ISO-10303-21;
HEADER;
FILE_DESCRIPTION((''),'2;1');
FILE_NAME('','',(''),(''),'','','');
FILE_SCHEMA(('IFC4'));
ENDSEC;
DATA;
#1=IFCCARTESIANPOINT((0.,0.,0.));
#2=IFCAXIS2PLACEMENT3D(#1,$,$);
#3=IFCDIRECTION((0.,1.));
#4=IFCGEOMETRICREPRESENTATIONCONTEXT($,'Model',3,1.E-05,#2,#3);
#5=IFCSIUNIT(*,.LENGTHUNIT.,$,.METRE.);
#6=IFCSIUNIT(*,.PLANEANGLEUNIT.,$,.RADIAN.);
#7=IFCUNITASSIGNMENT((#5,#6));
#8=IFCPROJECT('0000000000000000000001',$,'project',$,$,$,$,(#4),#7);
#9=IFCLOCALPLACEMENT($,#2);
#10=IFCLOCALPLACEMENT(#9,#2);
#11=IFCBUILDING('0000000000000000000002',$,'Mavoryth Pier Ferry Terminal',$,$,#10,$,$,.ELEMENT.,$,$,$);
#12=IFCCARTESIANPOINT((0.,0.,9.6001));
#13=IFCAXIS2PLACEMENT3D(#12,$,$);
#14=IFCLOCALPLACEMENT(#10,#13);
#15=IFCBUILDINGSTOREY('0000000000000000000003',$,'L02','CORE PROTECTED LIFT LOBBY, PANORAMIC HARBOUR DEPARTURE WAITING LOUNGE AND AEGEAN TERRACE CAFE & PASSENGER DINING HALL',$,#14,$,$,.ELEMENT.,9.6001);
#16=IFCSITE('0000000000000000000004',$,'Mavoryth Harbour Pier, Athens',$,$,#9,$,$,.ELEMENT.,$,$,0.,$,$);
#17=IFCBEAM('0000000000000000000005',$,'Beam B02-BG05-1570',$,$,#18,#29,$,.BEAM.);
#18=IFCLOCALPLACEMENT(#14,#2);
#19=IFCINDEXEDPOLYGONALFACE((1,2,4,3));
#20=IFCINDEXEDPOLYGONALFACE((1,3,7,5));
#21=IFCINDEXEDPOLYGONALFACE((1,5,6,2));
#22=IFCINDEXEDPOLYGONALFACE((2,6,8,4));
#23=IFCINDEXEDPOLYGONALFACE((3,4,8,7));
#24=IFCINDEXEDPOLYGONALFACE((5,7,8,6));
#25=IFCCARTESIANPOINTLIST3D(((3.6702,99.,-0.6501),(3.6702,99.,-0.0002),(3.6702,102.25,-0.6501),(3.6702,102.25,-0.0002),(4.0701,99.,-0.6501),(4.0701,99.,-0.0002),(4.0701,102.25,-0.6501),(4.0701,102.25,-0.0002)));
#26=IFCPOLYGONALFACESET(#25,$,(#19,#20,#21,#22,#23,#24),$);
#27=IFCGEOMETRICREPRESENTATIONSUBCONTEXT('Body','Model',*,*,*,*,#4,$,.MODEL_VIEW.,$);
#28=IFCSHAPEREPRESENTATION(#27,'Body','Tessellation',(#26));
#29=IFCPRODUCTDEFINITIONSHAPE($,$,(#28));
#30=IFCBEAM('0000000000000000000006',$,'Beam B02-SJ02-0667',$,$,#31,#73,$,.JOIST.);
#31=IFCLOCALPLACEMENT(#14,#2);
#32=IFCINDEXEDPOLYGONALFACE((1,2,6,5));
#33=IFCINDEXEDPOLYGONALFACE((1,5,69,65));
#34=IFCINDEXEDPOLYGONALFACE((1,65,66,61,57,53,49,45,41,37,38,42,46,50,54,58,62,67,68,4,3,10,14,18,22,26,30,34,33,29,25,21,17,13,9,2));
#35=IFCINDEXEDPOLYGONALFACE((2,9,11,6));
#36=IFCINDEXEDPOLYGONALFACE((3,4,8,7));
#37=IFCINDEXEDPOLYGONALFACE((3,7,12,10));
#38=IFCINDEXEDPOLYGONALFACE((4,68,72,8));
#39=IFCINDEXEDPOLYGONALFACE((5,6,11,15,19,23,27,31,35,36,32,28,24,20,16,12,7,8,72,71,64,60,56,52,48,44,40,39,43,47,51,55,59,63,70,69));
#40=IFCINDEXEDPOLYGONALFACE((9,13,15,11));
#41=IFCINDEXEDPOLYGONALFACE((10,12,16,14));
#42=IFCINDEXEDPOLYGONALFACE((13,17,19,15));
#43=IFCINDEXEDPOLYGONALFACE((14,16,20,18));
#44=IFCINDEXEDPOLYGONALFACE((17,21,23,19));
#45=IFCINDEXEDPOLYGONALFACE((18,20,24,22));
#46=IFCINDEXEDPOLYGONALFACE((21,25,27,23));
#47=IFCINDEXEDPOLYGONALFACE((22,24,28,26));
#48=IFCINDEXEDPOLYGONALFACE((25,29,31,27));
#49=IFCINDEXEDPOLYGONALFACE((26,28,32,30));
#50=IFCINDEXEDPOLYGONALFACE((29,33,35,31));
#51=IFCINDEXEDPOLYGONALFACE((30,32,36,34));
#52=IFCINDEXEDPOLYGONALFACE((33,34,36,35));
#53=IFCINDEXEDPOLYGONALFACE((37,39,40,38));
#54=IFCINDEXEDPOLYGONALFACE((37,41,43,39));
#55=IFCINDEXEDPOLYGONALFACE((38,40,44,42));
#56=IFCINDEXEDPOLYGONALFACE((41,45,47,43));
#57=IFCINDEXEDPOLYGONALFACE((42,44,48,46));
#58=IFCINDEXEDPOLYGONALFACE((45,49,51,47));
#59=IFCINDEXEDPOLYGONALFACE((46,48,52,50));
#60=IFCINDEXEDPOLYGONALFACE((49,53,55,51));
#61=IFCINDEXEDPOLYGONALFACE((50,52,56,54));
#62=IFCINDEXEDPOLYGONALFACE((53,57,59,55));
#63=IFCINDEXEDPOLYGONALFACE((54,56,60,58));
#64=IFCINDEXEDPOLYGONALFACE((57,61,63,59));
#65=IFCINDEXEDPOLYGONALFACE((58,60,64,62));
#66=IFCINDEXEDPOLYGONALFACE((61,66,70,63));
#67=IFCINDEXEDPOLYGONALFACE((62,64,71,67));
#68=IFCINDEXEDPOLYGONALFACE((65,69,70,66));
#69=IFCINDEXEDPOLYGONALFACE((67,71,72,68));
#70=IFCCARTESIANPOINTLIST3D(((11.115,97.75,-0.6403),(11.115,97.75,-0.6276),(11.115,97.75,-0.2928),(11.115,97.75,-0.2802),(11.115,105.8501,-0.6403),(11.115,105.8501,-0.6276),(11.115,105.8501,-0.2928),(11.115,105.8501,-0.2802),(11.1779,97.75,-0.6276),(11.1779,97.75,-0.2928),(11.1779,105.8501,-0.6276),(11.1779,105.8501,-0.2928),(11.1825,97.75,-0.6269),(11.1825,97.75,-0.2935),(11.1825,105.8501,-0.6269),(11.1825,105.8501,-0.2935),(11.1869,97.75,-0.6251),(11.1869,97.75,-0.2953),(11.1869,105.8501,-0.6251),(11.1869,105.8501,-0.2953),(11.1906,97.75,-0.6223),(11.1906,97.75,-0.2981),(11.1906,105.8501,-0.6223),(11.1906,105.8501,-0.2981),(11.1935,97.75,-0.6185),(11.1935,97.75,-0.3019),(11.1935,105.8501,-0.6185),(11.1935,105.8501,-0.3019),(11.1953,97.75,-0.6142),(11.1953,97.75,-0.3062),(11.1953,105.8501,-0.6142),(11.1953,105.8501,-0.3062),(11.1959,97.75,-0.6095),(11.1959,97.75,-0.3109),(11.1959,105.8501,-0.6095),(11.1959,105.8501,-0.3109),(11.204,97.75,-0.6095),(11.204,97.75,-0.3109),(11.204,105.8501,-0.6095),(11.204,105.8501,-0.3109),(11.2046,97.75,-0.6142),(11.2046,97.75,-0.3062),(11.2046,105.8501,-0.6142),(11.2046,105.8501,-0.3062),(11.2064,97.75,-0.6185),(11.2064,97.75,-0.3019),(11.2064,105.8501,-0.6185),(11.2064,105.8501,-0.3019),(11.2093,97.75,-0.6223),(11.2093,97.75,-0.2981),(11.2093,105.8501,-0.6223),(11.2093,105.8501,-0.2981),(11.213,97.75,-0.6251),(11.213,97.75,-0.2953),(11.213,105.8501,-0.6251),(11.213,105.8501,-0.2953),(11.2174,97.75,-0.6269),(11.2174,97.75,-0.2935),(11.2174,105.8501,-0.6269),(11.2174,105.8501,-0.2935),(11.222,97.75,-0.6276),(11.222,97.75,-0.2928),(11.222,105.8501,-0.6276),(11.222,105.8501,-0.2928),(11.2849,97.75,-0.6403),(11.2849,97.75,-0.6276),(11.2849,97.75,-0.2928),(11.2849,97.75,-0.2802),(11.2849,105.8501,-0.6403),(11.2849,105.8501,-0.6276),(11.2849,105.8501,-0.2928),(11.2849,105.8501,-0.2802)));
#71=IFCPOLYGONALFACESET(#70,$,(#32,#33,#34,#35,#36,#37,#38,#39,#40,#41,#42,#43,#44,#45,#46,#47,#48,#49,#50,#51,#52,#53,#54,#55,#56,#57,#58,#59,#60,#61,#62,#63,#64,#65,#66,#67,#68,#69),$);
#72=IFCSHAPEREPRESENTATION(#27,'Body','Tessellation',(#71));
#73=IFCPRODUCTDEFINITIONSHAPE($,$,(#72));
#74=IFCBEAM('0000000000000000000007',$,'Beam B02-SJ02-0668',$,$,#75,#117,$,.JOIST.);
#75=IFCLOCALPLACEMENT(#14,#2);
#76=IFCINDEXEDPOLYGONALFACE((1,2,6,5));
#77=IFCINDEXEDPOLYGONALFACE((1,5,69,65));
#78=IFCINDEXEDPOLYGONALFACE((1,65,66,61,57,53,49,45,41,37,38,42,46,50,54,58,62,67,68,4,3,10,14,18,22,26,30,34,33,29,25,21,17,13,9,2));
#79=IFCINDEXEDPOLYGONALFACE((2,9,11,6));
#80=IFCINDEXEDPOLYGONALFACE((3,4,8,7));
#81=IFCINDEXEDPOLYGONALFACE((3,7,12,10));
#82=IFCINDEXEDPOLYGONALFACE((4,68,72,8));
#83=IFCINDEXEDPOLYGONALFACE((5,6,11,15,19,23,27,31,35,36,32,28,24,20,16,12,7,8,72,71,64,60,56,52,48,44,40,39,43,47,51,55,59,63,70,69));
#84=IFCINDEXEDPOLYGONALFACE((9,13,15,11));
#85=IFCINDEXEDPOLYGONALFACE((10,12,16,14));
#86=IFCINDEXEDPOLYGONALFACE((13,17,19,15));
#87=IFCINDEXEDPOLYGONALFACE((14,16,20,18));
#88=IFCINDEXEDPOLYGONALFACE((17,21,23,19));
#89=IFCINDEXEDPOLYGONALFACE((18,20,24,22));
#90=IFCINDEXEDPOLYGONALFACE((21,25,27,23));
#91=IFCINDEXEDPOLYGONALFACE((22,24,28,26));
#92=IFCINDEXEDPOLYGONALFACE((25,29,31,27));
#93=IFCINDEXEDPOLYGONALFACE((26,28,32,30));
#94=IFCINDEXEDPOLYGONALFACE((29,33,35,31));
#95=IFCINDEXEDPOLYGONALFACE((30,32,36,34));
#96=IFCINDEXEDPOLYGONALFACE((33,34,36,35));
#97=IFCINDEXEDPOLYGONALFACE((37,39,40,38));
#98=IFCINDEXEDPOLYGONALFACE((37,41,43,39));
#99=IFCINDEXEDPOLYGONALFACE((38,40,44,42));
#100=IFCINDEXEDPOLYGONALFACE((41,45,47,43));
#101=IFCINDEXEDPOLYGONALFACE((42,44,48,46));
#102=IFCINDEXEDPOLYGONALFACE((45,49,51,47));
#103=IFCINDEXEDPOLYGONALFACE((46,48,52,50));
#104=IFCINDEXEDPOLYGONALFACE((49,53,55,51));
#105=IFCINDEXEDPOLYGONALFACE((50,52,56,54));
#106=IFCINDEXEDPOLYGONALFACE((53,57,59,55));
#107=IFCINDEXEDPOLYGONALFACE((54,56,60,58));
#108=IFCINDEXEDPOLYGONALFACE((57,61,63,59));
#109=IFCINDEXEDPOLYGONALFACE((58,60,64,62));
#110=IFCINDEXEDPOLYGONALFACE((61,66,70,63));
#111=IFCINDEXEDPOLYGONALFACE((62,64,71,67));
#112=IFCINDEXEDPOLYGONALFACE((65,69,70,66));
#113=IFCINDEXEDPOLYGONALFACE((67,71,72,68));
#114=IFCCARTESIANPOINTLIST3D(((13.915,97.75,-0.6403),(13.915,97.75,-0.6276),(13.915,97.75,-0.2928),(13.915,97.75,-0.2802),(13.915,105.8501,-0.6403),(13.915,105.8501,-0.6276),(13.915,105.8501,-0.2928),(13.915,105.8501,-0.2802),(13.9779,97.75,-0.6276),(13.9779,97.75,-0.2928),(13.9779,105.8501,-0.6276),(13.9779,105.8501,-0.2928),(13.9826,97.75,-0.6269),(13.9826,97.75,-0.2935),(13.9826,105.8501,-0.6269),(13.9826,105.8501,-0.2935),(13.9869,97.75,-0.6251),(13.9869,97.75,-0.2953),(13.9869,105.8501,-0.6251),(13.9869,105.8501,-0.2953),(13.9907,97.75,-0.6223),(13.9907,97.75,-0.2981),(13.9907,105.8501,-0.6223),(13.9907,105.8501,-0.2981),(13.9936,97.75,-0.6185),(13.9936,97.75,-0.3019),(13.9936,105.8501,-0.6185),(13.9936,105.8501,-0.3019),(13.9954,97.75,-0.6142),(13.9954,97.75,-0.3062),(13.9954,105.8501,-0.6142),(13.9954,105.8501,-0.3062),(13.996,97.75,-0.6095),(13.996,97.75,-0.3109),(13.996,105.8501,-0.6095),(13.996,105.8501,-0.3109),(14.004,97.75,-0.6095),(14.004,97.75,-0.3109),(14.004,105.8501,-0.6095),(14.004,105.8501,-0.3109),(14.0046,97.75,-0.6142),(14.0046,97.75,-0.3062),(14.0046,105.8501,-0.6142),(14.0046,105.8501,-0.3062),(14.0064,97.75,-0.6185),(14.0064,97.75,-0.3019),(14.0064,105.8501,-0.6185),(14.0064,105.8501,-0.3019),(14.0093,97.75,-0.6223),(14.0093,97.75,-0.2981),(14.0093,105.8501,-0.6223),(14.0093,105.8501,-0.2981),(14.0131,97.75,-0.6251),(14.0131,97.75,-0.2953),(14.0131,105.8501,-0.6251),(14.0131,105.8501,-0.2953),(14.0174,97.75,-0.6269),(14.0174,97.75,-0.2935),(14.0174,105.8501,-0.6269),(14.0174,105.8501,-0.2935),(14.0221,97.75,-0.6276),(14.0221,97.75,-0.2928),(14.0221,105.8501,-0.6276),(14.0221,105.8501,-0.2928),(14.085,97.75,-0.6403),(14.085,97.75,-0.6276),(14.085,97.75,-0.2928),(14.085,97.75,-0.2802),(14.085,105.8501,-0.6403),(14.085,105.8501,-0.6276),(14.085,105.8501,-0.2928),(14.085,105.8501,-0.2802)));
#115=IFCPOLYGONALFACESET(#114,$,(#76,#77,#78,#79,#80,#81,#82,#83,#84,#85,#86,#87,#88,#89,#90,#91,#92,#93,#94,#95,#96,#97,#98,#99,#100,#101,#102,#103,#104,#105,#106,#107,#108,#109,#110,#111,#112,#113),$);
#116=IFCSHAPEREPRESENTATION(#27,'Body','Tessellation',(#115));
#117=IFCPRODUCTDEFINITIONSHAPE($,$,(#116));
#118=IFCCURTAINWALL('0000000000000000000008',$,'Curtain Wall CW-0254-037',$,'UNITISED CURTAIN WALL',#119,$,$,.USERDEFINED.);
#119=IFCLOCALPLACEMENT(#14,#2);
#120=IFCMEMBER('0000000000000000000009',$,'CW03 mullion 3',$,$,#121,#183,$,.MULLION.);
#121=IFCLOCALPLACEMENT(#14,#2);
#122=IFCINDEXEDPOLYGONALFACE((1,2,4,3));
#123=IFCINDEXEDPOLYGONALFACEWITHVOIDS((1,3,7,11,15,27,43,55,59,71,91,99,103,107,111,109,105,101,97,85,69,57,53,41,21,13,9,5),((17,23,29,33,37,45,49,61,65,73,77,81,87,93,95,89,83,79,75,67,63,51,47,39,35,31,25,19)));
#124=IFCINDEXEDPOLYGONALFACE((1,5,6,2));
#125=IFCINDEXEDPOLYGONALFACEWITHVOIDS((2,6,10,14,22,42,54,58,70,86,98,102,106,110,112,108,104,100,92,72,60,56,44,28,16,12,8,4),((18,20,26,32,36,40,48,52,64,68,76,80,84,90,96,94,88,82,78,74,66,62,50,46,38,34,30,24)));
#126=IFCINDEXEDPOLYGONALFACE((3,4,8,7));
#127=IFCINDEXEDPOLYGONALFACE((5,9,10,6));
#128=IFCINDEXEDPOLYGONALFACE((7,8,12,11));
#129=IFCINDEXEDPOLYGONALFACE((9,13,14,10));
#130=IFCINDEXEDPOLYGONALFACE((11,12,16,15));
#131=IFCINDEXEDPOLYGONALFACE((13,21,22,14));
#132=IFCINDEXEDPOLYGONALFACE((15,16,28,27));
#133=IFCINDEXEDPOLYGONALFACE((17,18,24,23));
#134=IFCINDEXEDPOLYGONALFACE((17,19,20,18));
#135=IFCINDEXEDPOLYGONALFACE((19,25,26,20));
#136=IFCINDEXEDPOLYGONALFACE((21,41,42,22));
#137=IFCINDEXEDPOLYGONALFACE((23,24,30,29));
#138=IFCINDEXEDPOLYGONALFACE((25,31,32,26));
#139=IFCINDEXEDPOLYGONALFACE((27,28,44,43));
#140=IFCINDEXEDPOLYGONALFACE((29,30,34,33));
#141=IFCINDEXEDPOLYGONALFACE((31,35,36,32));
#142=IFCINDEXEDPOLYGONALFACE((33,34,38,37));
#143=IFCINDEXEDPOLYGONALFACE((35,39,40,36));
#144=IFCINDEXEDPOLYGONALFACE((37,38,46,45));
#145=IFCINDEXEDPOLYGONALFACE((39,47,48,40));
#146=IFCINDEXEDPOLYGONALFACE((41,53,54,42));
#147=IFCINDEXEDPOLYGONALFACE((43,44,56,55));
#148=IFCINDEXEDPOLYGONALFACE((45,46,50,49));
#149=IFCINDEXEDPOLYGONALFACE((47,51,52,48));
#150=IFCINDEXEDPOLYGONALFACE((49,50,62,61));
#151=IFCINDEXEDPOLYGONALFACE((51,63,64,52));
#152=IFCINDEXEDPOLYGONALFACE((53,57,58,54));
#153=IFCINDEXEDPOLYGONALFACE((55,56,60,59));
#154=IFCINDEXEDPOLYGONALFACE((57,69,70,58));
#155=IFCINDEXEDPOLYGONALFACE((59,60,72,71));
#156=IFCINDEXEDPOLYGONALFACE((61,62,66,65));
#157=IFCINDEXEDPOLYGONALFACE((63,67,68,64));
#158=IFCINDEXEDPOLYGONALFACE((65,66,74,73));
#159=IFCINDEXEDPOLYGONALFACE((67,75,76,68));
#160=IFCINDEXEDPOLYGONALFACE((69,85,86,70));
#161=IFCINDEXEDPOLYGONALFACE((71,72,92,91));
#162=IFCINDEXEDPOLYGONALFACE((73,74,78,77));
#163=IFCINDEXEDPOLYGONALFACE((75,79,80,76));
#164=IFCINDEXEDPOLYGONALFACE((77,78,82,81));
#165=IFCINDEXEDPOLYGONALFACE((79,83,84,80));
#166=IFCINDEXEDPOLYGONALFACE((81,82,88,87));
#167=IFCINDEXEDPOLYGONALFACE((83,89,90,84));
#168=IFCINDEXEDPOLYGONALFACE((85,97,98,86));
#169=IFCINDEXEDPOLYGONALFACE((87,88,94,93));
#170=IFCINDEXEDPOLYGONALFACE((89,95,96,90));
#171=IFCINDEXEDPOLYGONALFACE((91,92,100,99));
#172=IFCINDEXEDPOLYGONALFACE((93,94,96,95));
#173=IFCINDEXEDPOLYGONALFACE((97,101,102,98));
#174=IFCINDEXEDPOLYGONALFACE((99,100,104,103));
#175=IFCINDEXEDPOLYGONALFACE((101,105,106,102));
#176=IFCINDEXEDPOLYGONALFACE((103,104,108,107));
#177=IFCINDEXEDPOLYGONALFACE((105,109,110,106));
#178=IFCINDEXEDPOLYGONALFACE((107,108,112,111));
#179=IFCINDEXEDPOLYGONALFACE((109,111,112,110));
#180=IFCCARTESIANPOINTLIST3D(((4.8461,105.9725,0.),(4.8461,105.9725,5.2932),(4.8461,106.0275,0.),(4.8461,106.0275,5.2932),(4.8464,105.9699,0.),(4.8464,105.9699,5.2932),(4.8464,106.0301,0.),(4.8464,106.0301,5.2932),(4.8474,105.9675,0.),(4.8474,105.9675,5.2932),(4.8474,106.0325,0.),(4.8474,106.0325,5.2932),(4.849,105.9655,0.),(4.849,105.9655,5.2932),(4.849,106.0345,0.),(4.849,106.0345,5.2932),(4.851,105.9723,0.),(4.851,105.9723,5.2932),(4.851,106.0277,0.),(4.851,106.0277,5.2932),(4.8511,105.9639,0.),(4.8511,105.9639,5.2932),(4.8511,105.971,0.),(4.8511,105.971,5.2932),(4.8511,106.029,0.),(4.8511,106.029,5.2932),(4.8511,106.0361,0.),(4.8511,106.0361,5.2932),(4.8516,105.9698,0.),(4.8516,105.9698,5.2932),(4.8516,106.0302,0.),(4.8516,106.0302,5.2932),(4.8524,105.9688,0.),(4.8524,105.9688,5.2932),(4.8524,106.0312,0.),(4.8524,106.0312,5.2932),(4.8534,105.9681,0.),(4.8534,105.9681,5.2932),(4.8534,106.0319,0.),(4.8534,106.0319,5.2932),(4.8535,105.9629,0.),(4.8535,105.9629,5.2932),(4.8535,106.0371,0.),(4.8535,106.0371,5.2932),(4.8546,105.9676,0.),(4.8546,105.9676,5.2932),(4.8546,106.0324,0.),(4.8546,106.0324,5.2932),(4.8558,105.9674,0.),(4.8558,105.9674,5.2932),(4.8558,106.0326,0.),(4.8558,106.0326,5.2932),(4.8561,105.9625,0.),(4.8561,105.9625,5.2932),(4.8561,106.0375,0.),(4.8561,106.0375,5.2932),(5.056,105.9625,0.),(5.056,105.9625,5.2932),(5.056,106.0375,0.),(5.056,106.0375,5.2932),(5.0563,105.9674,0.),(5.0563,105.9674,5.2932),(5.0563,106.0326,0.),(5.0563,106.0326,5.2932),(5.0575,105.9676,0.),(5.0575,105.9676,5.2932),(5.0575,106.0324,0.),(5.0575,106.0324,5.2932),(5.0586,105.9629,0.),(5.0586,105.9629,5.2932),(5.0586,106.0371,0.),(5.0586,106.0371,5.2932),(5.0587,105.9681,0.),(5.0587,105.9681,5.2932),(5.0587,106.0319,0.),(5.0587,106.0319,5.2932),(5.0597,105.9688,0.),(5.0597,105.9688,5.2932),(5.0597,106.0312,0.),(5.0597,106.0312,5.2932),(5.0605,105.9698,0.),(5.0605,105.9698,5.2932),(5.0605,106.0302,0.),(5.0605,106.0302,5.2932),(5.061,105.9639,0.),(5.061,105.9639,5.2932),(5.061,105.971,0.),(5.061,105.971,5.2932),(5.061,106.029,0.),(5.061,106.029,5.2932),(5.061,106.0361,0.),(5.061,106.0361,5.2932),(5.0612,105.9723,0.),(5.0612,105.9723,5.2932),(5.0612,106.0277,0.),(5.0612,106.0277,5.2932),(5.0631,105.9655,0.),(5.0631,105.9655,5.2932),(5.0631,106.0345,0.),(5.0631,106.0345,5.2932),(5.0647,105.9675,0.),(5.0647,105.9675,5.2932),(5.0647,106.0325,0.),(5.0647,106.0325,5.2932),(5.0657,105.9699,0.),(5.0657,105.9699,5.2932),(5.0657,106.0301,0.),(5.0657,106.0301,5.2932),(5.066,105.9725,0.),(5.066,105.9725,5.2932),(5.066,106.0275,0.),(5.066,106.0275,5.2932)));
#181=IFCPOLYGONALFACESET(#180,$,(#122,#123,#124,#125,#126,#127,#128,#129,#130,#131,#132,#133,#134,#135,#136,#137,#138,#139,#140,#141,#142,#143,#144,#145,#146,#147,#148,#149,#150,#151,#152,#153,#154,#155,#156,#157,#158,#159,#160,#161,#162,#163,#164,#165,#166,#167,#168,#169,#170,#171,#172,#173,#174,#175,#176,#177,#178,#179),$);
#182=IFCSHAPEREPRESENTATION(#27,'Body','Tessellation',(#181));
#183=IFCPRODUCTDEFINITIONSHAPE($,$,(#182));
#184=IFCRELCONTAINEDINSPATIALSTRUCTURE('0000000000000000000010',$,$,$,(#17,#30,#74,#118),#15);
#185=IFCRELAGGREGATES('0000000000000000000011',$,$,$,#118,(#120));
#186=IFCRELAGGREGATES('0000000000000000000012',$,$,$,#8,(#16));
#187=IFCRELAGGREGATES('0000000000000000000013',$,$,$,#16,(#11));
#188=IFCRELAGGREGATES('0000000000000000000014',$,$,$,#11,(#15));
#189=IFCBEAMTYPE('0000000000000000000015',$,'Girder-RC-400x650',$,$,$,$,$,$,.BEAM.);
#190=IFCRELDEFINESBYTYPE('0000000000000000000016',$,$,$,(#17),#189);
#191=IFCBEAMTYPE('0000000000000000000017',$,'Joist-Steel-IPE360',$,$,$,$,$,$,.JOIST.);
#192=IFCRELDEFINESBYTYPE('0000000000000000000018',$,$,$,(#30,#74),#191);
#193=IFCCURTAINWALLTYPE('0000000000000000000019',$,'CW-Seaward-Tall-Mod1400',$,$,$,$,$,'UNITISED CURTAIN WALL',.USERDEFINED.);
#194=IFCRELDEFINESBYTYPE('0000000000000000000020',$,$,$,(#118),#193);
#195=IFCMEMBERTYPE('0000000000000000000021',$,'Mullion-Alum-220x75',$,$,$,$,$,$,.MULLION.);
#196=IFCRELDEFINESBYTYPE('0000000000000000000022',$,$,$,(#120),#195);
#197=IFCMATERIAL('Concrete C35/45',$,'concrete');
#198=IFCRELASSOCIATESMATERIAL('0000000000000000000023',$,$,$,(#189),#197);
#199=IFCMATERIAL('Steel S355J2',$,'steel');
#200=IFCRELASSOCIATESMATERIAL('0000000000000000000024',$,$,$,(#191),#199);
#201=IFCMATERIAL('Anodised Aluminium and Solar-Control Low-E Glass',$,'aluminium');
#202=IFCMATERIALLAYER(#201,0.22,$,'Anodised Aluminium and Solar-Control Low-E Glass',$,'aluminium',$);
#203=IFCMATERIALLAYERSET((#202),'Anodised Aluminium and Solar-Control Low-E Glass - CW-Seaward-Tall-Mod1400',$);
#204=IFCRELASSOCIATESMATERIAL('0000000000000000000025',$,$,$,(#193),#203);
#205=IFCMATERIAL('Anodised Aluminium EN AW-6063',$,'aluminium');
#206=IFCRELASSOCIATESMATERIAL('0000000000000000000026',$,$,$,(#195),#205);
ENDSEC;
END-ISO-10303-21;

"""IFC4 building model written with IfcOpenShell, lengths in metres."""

from ifc_helpers import new_model, si_unit, direction, frame, origin, origin_2d, place, context, subcontext, project, spatial, rectangle, hollow_rectangle, i_section, extrude, material, layer, layer_set, material_profile, profile_set, type_object, element, aggregate, save


model = new_model("IFC4")

# Units and contexts
model_context = context("Model", 3, precision=1e-05, world=origin(), true_north=direction((0.0, 1.0)))
body_context = subcontext(model_context, "Body", "Model", "MODEL_VIEW")
ifc_project = project(units=[si_unit("LENGTHUNIT", "METRE"), si_unit("PLANEANGLEUNIT", "RADIAN")], contexts=[model_context])

# Site, building, storey
site_placement = place(None, origin())
site = spatial("IfcSite", under=ifc_project, at=site_placement, Name="Mavoryth Harbour Pier, Athens", CompositionType="ELEMENT", RefElevation=0.0)
building_placement = place(site_placement, origin())
building = spatial("IfcBuilding", under=site, at=building_placement, Name="Mavoryth Pier Ferry Terminal", CompositionType="ELEMENT")
storey_placement = place(building_placement, frame((0.0, 0.0, 9.6001)))
storey = spatial("IfcBuildingStorey", under=building, at=storey_placement, Name="L02", Description="CORE PROTECTED LIFT LOBBY, PANORAMIC HARBOUR DEPARTURE WAITING LOUNGE AND AEGEAN TERRACE CAFE & PASSENGER DINING HALL", CompositionType="ELEMENT", Elevation=9.6001)

# Shared definitions
ifc_material_1 = material(Name="Steel S355J2", Category="steel")

# Beams
ifc_material_2 = material(Name="Concrete C35/45", Category="concrete")
ifc_material_profile_1 = material_profile(ifc_material_2, rectangle(XDim=0.3999, YDim=0.6499, at=origin_2d()), Name="RC 400x650", Category="concrete")
ifc_profile_set_1 = profile_set([ifc_material_profile_1], Name="Concrete C35/45 - RC 400x650")
beam_type_1 = type_object("IfcBeamType", Name="Girder-RC-400x650", PredefinedType="BEAM", material=ifc_profile_set_1)
beam_1_placement = place(storey_placement, frame((3.8701, 99.0, -0.3252), z_axis=(0.0, 1.0, 0.0), x_axis=(-1.0, 0.0, 0.0)))
element("IfcBeam", 1, at=beam_1_placement, inside=storey, type_object=beam_type_1, Name="Beam B02-BG05-1570", PredefinedType="BEAM", context=body_context, shape_type="SweptSolid", body=[
    extrude(rectangle(XDim=0.3999, YDim=0.6499, at=origin_2d()), origin(), (0.0, 0.0, 1.0), 3.25),
])
ifc_material_profile_2 = material_profile(ifc_material_1, i_section(OverallWidth=0.1699, OverallDepth=0.3601, WebThickness=0.0081, FlangeThickness=0.0127, FilletRadius=0.0181, at=origin_2d()), Name="IPE 360", Category="steel")
ifc_profile_set_2 = profile_set([ifc_material_profile_2], Name="Steel S355J2 - IPE 360")
beam_type_2 = type_object("IfcBeamType", Name="Joist-Steel-IPE360", PredefinedType="JOIST", material=ifc_profile_set_2)
for number, where, z_axis, x_axis, name in (
    (2, (11.2, 97.75, -0.4602), (0.0, 1.0, 0.0), (-1.0, 0.0, 0.0), "Beam B02-SJ02-0667"),
    (3, (14.0, 97.75, -0.4602), (0.0, 1.0, 0.0), (-1.0, 0.0, 0.0), "Beam B02-SJ02-0668"),
):
    element("IfcBeam", number, at=place(storey_placement, frame(where, z_axis=z_axis, x_axis=x_axis)), inside=storey, type_object=beam_type_2, Name=name, PredefinedType="JOIST", context=body_context, shape_type="SweptSolid", body=[
        extrude(i_section(OverallWidth=0.1699, OverallDepth=0.3601, WebThickness=0.0081, FlangeThickness=0.0127, FilletRadius=0.0181, at=origin_2d()), origin(), (0.0, 0.0, 1.0), 8.1001),
    ])

# Curtain wall, member
ifc_material_3 = material(Name="Anodised Aluminium and Solar-Control Low-E Glass", Category="aluminium")
ifc_layer_1 = layer(ifc_material_3, 0.22, Name="Anodised Aluminium and Solar-Control Low-E Glass", Category="aluminium")
ifc_layer_set_1 = layer_set([ifc_layer_1], Name="Anodised Aluminium and Solar-Control Low-E Glass - CW-Seaward-Tall-Mod1400")
curtain_wall_type = type_object("IfcCurtainWallType", Name="CW-Seaward-Tall-Mod1400", ElementType="UNITISED CURTAIN WALL", PredefinedType="USERDEFINED", material=ifc_layer_set_1)
curtain_wall_placement = place(storey_placement, origin())
curtain_wall = element("IfcCurtainWall", 4, at=curtain_wall_placement, inside=storey, type_object=curtain_wall_type, Name="Curtain Wall CW-0254-037", ObjectType="UNITISED CURTAIN WALL", PredefinedType="USERDEFINED")
ifc_material_4 = material(Name="Anodised Aluminium EN AW-6063", Category="aluminium")
ifc_material_profile_3 = material_profile(ifc_material_4, hollow_rectangle(XDim=0.075, YDim=0.22, WallThickness=0.0049, InnerFilletRadius=0.0049, OuterFilletRadius=0.01, at=origin_2d()), Name="AL-MULL 220x75x5", Category="aluminium")
ifc_profile_set_3 = profile_set([ifc_material_profile_3], Name="Anodised Aluminium EN AW-6063 - AL-MULL 220x75x5")
member_type_1 = type_object("IfcMemberType", Name="Mullion-Alum-220x75", PredefinedType="MULLION", material=ifc_profile_set_3)
member_1_placement = place(storey_placement, frame((4.9561, 106.0, 0.0), z_axis=(0.0, 0.0, 1.0), x_axis=(0.0, -1.0, 0.0)))
member_1 = element("IfcMember", 5, at=member_1_placement, type_object=member_type_1, Name="CW03 mullion 3", PredefinedType="MULLION", context=body_context, shape_type="SweptSolid", body=[
    extrude(hollow_rectangle(XDim=0.075, YDim=0.22, WallThickness=0.0049, InnerFilletRadius=0.0049, OuterFilletRadius=0.01, at=origin_2d()), origin(), (0.0, 0.0, 1.0), 5.2932),
])

aggregate(curtain_wall, [member_1])

save(model, "model.ifc")
